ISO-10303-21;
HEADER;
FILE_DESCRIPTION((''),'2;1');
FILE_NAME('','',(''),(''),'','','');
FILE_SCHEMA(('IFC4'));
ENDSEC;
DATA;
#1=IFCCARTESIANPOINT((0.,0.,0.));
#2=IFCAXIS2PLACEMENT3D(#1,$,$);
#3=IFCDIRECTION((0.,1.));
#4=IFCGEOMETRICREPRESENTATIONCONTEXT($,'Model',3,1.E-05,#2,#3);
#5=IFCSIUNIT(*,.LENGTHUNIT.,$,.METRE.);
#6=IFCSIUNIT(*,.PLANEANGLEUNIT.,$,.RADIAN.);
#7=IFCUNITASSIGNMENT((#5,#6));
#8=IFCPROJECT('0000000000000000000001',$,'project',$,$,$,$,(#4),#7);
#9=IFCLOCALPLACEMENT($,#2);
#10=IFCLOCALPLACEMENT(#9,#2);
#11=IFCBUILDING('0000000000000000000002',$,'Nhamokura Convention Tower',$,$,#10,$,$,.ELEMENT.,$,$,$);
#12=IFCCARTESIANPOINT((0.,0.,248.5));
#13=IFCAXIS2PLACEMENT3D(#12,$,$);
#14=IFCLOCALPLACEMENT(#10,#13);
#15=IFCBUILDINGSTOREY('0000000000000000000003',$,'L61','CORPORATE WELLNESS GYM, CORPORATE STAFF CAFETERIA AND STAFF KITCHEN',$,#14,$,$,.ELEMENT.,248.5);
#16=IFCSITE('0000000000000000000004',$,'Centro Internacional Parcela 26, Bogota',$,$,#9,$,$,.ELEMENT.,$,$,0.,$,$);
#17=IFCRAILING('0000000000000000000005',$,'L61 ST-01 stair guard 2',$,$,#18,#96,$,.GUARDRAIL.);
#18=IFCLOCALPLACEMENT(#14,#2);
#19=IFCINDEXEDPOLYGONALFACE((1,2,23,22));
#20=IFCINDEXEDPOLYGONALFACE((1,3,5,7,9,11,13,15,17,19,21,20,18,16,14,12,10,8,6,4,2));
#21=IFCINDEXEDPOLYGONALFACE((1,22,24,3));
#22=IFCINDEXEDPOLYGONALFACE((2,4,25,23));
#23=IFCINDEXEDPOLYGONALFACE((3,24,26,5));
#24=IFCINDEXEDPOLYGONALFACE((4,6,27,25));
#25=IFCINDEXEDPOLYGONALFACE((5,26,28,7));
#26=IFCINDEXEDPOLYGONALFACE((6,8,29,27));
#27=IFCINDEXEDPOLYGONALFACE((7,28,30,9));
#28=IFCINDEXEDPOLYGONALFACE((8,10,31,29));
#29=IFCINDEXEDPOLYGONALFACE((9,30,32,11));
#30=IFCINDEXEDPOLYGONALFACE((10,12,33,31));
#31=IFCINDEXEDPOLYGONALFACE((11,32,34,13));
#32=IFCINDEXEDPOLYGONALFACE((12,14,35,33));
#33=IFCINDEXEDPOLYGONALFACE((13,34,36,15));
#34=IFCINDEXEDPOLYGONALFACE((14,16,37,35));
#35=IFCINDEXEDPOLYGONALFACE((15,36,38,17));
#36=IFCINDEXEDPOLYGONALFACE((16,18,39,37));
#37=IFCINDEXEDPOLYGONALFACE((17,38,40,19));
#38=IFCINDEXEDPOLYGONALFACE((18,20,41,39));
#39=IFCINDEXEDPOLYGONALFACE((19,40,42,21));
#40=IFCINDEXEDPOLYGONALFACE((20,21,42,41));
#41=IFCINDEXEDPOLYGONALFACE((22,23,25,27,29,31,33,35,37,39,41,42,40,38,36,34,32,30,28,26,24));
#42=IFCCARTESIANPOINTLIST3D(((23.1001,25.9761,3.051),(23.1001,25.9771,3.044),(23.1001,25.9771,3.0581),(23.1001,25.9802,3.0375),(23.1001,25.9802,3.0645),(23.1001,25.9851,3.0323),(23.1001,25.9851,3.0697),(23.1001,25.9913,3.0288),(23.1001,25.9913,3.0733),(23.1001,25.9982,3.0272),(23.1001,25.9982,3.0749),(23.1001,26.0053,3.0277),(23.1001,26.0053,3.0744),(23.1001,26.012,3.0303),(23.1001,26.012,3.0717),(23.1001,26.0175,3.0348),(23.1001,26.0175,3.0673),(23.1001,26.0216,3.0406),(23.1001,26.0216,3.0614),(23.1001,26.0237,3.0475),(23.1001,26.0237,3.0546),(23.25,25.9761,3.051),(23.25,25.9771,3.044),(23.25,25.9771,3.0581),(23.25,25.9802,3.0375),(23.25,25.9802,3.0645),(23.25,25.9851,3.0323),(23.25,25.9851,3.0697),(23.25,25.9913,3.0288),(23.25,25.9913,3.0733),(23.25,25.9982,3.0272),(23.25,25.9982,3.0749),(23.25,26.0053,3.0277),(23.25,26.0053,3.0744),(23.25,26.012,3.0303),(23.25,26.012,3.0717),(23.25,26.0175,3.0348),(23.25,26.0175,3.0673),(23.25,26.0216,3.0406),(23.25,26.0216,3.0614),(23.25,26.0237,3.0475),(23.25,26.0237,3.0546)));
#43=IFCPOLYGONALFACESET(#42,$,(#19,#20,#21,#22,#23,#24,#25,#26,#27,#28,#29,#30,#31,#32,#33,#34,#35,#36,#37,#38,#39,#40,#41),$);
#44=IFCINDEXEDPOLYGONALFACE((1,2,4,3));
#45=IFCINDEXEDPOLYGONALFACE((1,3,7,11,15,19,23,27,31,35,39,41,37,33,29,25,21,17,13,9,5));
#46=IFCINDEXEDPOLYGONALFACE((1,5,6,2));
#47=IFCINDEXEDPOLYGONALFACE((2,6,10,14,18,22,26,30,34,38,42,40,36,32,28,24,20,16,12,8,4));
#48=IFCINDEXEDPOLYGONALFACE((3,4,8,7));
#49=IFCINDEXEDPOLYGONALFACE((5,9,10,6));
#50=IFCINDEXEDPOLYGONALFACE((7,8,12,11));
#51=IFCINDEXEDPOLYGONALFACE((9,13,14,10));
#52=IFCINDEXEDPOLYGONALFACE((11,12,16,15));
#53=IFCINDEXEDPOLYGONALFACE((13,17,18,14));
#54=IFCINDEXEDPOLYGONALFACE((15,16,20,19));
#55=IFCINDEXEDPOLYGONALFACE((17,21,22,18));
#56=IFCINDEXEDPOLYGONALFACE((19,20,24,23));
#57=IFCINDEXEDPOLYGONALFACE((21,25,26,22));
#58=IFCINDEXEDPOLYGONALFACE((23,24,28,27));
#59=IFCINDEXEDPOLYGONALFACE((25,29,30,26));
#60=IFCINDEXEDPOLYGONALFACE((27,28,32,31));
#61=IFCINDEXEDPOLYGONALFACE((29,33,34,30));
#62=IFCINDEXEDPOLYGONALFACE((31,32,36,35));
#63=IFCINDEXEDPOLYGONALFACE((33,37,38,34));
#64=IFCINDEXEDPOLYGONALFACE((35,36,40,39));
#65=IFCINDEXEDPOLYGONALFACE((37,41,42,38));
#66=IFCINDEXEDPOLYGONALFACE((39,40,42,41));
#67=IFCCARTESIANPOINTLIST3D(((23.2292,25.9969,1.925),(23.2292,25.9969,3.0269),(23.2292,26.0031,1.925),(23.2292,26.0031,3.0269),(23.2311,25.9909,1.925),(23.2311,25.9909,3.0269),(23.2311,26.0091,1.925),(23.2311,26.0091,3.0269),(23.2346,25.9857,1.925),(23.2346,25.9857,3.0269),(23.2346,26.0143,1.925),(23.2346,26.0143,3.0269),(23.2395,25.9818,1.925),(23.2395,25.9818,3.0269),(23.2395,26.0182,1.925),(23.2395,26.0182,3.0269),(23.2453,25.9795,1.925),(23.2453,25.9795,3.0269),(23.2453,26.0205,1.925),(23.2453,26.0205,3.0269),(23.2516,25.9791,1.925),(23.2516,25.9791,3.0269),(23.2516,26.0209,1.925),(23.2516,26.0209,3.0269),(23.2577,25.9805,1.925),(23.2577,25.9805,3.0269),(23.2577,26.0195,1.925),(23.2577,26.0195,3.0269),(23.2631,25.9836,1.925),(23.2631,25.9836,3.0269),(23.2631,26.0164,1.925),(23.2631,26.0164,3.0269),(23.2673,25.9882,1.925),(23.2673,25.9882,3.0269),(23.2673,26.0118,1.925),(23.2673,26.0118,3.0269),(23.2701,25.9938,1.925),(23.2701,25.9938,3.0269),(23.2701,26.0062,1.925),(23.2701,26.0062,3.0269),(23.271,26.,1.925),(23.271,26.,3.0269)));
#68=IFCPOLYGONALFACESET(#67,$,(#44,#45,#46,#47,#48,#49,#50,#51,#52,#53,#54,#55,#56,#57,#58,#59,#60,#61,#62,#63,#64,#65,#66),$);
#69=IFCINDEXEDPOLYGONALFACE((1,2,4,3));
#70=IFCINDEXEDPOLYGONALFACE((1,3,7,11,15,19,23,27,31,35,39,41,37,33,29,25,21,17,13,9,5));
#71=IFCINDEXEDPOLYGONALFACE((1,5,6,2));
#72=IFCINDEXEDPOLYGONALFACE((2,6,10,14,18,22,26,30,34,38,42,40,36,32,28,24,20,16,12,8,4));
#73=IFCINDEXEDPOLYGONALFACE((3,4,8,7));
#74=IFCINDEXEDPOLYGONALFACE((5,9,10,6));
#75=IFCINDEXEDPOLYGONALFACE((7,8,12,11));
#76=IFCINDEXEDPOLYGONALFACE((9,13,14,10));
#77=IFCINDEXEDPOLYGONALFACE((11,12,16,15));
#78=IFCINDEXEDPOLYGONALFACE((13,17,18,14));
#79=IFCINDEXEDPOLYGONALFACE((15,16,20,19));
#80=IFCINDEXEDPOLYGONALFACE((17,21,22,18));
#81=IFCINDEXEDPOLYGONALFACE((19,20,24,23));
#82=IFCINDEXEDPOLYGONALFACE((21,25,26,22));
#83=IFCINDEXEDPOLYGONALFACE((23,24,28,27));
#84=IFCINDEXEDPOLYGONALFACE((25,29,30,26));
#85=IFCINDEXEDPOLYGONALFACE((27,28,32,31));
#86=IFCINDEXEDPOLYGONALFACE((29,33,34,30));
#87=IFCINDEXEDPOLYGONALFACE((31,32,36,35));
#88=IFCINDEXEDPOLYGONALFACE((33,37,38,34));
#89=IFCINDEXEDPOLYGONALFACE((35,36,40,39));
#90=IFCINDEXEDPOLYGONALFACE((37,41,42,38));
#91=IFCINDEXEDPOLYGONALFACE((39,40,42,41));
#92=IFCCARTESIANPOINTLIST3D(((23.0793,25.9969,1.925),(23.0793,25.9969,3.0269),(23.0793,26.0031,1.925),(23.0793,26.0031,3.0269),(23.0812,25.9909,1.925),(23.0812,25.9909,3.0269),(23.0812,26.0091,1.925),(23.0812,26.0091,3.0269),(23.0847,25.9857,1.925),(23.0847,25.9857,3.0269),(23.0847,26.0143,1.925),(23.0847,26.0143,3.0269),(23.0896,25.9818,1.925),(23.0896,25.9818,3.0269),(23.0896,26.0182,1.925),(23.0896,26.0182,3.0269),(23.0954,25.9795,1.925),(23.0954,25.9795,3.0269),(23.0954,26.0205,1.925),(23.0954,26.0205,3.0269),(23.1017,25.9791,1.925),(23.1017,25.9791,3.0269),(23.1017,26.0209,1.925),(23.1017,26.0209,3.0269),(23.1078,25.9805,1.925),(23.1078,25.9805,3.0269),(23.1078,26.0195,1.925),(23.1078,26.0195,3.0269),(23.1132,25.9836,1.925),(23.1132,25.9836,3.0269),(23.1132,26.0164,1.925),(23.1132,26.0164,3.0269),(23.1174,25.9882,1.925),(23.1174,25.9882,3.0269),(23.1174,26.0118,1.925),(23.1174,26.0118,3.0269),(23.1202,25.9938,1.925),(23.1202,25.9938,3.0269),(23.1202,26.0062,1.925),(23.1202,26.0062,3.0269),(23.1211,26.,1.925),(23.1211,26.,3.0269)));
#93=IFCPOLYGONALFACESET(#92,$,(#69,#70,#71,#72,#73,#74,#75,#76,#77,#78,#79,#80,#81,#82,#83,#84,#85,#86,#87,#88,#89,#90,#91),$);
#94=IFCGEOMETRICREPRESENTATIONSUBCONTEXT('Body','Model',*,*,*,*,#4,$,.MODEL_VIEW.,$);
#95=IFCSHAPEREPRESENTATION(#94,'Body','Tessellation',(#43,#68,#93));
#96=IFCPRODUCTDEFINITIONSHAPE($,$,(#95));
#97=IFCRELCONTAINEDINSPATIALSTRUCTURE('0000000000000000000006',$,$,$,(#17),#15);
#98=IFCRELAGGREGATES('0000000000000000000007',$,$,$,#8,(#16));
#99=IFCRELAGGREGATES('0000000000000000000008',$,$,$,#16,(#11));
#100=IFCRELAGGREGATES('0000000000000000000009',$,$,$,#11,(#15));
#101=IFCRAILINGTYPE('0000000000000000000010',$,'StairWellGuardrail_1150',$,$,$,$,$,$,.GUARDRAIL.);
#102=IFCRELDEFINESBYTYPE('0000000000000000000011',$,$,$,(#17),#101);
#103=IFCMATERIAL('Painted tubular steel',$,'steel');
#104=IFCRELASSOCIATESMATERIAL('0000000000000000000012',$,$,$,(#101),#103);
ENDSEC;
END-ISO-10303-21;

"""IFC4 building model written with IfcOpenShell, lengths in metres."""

from ifc_helpers import new_model, si_unit, direction, frame, origin, origin_2d, place, context, subcontext, project, spatial, circle, extrude, material, type_object, element, save


model = new_model("IFC4")

# Units and contexts
model_context = context("Model", 3, precision=1e-05, world=origin(), true_north=direction((0.0, 1.0)))
body_context = subcontext(model_context, "Body", "Model", "MODEL_VIEW")
ifc_project = project(units=[si_unit("LENGTHUNIT", "METRE"), si_unit("PLANEANGLEUNIT", "RADIAN")], contexts=[model_context])

# Site, building, storey
site_placement = place(None, origin())
site = spatial("IfcSite", under=ifc_project, at=site_placement, Name="Centro Internacional Parcela 26, Bogota", CompositionType="ELEMENT", RefElevation=0.0)
building_placement = place(site_placement, origin())
building = spatial("IfcBuilding", under=site, at=building_placement, Name="Nhamokura Convention Tower", CompositionType="ELEMENT")
storey_placement = place(building_placement, frame((0.0, 0.0, 248.5)))
storey = spatial("IfcBuildingStorey", under=building, at=storey_placement, Name="L61", Description="CORPORATE WELLNESS GYM, CORPORATE STAFF CAFETERIA AND STAFF KITCHEN", CompositionType="ELEMENT", Elevation=248.5)

# Railing
ifc_material_1 = material(Name="Painted tubular steel", Category="steel")
railing_type_1 = type_object("IfcRailingType", Name="StairWellGuardrail_1150", PredefinedType="GUARDRAIL", material=ifc_material_1)
railing_1_placement = place(storey_placement, frame((23.25, 26.0, 1.925)))
element("IfcRailing", 1, at=railing_1_placement, inside=storey, type_object=railing_type_1, Name="L61 ST-01 stair guard 2", PredefinedType="GUARDRAIL", context=body_context, shape_type="SweptSolid", body=[
    extrude(circle(Radius=0.0239, at=origin_2d()), frame((0.0, 0.0, 1.126), z_axis=(-1.0, 0.0, 0.0), x_axis=(0.0, -1.0, 0.0)), (0.0, 0.0, 1.0), 0.1499),
    extrude(circle(Radius=0.021, at=origin_2d()), origin(), (0.0, 0.0, 1.0), 1.1018),
    extrude(circle(Radius=0.021, at=origin_2d()), frame((-0.1499, 0.0, 0.0)), (0.0, 0.0, 1.0), 1.1018),
])

save(model, "model.ifc")
